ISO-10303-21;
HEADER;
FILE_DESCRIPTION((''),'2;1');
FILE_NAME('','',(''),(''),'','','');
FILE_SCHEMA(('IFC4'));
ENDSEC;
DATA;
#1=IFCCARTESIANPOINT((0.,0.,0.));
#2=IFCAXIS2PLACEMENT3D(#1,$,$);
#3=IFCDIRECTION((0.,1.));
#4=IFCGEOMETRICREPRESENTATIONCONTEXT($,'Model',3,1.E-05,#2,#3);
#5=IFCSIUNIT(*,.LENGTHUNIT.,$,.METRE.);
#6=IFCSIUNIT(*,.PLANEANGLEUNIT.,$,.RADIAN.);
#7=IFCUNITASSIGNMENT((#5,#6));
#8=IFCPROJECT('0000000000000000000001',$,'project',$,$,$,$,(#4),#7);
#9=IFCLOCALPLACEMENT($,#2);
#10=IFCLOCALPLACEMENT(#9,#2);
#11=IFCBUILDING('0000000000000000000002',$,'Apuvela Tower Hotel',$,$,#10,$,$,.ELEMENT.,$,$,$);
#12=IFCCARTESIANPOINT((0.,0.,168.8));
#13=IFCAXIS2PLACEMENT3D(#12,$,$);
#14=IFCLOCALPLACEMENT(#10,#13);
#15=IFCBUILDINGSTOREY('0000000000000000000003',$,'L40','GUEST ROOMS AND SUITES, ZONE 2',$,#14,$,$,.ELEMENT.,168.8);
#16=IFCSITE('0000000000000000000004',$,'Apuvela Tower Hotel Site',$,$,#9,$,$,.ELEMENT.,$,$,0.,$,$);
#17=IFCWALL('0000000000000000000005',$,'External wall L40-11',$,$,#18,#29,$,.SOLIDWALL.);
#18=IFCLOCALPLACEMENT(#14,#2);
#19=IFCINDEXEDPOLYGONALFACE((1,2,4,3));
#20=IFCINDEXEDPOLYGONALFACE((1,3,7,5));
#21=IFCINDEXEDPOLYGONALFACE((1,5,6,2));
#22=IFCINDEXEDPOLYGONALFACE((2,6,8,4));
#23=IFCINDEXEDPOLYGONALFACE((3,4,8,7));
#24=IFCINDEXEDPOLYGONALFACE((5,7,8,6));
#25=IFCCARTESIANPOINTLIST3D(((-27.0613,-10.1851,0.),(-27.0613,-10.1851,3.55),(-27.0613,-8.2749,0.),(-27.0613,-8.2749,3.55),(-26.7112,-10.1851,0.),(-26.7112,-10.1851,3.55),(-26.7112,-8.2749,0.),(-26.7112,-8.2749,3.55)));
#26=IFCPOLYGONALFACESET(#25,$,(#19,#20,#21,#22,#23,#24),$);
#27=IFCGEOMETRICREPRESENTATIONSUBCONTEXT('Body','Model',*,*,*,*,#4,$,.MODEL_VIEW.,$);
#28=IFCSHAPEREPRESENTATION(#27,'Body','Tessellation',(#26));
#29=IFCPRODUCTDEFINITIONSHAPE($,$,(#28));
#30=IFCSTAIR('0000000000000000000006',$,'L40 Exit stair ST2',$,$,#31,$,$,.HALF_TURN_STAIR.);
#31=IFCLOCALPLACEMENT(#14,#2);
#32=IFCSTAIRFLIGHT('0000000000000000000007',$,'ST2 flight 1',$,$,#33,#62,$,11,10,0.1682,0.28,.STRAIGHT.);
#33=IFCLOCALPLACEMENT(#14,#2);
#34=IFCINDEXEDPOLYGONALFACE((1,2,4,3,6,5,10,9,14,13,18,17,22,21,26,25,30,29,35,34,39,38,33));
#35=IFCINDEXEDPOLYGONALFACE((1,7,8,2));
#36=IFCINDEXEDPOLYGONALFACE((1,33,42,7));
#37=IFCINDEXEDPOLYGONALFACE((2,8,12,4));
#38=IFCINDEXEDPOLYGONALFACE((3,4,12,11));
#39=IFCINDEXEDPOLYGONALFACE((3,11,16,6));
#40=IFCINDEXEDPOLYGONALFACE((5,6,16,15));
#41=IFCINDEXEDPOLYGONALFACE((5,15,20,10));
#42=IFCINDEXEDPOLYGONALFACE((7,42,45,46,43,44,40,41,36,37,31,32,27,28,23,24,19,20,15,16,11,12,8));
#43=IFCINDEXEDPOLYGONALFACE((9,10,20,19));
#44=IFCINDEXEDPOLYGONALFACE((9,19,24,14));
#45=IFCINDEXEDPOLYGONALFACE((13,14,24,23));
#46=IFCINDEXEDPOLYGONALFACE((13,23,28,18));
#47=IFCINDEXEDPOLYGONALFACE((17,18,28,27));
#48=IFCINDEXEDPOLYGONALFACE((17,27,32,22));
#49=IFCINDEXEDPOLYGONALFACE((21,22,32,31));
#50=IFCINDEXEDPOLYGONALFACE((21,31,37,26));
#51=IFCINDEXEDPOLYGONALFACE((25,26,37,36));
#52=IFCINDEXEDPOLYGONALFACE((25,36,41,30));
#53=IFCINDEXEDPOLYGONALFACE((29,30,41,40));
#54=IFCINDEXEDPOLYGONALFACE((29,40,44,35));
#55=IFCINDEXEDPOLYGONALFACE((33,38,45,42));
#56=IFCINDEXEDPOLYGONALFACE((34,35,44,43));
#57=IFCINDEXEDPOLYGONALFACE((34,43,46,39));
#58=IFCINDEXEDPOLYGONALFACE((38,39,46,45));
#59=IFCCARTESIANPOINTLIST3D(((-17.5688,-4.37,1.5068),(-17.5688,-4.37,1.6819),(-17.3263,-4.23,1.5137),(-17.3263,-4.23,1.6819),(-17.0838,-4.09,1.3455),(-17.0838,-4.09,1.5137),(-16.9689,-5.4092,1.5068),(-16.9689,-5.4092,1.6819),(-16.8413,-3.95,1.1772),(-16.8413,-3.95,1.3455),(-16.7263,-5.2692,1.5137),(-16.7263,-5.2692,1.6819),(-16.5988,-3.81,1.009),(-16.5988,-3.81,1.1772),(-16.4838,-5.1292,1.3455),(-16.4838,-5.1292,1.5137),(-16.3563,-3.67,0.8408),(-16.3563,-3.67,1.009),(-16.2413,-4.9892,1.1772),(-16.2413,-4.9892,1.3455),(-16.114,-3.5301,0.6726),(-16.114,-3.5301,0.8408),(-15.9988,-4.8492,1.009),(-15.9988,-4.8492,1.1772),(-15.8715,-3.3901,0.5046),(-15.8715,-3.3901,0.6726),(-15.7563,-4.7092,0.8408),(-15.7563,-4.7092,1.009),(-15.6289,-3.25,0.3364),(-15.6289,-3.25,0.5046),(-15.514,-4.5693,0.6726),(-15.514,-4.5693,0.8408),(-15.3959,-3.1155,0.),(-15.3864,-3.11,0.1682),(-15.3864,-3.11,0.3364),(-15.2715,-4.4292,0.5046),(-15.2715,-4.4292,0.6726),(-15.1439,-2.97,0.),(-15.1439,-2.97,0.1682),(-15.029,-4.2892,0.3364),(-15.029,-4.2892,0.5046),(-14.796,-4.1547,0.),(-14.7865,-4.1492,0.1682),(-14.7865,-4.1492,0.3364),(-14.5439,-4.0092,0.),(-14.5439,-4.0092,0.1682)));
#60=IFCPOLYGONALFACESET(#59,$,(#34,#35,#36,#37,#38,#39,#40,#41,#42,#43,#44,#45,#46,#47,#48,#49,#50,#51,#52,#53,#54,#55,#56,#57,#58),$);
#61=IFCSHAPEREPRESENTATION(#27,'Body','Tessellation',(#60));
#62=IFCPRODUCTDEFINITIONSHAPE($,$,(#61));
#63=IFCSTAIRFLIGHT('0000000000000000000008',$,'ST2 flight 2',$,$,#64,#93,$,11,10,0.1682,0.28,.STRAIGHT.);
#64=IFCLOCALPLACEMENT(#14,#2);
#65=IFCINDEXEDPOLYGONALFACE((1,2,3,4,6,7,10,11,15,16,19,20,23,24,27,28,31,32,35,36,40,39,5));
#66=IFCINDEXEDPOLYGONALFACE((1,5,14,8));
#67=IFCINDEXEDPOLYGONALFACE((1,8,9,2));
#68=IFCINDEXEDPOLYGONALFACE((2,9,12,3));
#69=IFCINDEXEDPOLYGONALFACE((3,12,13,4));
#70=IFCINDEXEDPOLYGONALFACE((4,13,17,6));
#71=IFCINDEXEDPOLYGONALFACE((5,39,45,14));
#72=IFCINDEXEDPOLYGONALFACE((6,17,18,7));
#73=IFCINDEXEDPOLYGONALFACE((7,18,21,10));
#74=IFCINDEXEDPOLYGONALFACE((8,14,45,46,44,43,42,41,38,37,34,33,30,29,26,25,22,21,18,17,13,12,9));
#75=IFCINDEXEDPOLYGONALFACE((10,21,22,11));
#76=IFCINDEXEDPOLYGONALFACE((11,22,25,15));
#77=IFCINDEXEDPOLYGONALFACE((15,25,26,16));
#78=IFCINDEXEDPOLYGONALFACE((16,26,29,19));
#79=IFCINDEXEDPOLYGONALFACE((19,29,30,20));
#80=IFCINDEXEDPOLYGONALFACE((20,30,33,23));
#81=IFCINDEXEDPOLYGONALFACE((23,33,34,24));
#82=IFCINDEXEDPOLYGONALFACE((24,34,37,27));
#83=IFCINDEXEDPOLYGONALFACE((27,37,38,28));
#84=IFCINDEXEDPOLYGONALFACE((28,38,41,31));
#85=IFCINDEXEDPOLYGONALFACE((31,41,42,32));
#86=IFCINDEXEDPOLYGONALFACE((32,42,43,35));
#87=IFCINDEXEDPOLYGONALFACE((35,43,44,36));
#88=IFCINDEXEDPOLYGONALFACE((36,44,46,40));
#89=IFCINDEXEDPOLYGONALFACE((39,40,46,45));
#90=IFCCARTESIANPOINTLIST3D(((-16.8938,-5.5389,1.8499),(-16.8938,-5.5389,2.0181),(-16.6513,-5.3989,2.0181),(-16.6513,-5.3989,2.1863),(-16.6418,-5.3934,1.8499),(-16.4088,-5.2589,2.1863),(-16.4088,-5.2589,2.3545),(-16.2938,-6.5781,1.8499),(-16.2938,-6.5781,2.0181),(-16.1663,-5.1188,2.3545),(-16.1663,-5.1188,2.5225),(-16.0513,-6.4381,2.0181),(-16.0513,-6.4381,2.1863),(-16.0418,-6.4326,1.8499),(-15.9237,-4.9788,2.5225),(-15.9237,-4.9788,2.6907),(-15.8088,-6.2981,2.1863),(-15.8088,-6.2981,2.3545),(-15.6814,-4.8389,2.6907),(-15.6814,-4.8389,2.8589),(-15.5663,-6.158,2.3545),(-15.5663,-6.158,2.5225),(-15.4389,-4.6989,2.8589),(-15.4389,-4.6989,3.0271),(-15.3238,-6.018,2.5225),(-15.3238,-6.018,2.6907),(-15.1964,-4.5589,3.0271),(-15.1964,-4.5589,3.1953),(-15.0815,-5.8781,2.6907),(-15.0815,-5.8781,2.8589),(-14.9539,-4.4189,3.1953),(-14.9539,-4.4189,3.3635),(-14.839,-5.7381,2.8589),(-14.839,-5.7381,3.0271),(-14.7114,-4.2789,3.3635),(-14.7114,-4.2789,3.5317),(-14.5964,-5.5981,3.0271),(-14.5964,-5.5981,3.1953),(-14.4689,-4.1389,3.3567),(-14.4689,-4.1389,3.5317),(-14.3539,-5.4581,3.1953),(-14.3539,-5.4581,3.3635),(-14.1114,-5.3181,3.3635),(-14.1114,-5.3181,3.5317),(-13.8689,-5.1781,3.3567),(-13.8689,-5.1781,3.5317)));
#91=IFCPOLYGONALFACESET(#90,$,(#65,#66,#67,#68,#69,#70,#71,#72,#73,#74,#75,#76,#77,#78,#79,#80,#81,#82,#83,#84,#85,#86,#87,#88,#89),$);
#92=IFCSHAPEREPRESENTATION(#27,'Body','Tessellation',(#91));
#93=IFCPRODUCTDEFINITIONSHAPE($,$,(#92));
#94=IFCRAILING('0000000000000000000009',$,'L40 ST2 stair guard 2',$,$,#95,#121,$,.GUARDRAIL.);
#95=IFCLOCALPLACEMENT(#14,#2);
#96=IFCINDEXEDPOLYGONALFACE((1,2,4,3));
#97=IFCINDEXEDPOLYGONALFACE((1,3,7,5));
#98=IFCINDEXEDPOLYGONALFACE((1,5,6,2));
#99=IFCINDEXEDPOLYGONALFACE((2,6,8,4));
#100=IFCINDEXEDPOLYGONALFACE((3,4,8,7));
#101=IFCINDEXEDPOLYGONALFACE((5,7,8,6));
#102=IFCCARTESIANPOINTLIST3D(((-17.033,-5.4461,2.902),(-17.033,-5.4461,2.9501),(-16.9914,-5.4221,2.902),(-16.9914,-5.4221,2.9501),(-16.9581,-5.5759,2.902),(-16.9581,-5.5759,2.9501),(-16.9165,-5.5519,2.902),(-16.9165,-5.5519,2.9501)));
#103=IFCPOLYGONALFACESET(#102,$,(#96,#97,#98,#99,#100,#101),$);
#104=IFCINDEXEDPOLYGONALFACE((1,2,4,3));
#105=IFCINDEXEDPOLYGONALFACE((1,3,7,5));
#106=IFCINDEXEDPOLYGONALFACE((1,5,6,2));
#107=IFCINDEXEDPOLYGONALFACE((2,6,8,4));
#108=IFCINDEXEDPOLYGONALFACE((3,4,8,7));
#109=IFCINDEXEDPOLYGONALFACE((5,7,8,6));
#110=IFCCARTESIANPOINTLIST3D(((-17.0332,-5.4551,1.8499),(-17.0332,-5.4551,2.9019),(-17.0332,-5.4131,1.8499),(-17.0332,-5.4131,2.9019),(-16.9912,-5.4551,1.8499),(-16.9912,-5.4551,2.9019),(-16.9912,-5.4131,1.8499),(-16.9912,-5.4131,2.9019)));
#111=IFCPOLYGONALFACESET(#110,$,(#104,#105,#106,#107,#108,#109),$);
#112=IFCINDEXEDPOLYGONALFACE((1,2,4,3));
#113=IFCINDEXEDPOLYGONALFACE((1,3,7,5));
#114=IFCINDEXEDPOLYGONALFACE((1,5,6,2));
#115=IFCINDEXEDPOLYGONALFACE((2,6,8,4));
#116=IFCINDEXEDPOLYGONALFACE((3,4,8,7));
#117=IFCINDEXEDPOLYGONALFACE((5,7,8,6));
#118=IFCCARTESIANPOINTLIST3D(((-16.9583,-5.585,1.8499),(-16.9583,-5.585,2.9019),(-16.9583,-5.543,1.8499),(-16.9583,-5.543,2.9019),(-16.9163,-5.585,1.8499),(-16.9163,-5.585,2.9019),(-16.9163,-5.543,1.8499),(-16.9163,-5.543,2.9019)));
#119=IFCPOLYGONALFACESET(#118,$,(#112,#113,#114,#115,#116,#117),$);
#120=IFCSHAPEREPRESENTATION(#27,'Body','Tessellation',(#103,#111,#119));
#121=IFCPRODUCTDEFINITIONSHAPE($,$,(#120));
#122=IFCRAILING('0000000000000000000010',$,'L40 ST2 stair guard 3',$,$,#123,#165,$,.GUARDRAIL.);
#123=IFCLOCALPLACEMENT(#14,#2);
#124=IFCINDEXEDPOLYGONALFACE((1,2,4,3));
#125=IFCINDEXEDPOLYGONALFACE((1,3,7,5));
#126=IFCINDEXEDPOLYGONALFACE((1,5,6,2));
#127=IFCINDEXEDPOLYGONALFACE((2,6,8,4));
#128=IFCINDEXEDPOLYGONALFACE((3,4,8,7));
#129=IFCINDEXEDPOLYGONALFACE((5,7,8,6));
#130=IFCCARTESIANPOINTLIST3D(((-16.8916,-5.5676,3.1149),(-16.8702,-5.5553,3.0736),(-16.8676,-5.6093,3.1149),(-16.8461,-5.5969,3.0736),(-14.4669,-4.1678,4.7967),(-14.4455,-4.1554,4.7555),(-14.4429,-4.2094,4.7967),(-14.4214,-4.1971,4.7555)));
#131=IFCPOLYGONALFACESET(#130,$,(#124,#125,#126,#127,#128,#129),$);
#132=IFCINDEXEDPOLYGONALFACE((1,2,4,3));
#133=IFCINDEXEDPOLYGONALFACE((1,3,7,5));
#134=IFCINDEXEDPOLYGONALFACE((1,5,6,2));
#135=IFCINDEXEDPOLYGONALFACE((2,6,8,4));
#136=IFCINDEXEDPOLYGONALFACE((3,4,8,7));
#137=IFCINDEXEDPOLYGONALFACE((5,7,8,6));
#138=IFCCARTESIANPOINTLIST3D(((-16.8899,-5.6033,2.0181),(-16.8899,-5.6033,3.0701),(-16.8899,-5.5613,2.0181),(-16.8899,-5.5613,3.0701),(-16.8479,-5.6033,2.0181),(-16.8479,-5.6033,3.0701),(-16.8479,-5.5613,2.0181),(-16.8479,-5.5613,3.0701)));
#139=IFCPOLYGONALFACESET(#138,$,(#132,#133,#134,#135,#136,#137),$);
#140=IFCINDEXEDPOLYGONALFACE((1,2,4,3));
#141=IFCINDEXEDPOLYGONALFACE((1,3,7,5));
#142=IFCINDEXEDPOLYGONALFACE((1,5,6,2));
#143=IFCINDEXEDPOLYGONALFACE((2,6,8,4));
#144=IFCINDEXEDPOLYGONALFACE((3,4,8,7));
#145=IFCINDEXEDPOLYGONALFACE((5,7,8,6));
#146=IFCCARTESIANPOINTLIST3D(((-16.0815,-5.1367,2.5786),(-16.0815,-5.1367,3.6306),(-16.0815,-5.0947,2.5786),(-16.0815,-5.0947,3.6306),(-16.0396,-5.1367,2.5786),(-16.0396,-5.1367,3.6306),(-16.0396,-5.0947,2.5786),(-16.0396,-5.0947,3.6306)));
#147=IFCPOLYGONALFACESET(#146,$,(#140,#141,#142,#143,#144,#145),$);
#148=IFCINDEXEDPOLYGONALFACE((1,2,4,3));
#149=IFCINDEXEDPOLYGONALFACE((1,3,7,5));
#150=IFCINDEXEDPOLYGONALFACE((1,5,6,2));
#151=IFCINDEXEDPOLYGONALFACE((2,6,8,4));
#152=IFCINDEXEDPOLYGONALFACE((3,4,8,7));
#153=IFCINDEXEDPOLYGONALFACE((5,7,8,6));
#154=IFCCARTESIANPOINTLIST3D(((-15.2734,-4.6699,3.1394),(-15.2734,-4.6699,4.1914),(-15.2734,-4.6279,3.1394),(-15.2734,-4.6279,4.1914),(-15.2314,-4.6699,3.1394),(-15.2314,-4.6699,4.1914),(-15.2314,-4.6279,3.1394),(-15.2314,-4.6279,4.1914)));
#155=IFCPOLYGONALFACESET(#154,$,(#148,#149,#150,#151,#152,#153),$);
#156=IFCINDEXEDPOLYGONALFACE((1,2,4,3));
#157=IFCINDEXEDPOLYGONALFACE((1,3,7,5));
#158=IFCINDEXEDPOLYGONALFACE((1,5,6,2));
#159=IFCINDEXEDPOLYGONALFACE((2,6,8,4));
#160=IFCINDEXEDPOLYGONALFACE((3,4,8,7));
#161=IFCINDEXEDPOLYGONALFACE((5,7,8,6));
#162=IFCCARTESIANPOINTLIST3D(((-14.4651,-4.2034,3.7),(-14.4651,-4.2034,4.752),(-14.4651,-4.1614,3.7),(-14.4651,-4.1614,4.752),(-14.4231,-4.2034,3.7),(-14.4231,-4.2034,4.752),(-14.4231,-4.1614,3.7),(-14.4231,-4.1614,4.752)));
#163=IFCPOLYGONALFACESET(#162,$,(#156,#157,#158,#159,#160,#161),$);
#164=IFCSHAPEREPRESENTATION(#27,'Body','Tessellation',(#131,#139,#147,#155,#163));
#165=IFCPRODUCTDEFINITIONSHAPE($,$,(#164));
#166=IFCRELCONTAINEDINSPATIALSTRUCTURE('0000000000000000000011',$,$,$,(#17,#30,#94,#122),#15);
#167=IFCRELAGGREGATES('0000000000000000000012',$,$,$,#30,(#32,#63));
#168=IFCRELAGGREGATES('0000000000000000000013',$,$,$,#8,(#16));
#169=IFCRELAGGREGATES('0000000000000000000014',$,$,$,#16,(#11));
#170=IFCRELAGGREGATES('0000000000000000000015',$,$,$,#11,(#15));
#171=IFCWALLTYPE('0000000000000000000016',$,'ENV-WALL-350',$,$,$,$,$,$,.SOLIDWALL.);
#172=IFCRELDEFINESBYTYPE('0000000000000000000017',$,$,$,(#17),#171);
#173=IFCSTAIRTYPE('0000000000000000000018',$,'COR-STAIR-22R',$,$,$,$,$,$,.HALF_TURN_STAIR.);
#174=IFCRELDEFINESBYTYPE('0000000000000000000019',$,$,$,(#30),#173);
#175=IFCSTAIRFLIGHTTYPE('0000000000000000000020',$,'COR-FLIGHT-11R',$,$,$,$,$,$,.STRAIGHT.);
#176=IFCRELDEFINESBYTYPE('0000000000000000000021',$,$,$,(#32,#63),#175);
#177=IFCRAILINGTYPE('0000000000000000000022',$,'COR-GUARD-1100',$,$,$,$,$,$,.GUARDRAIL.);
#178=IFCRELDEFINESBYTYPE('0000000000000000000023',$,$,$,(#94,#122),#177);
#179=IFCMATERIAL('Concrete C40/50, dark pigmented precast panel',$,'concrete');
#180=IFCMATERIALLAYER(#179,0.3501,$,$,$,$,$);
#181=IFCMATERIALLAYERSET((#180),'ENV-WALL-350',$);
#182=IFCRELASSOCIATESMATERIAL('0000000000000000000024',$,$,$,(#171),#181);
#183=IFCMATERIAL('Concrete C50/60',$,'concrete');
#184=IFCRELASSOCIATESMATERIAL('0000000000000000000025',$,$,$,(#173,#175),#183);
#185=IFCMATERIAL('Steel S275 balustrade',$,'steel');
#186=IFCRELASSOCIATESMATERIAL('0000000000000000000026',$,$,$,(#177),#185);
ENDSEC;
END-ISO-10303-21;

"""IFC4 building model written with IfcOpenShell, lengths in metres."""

from ifc_helpers import new_model, si_unit, direction, frame, frame_2d, origin, origin_2d, place, context, subcontext, project, spatial, polyline, rectangle, outline, extrude, material, layer, layer_set, type_object, element, aggregate, save


model = new_model("IFC4")

# Units and contexts
model_context = context("Model", 3, precision=1e-05, world=origin(), true_north=direction((0.0, 1.0)))
body_context = subcontext(model_context, "Body", "Model", "MODEL_VIEW")
ifc_project = project(units=[si_unit("LENGTHUNIT", "METRE"), si_unit("PLANEANGLEUNIT", "RADIAN")], contexts=[model_context])

# Site, building, storey
site_placement = place(None, origin())
site = spatial("IfcSite", under=ifc_project, at=site_placement, Name="Apuvela Tower Hotel Site", CompositionType="ELEMENT", RefElevation=0.0)
building_placement = place(site_placement, origin())
building = spatial("IfcBuilding", under=site, at=building_placement, Name="Apuvela Tower Hotel", CompositionType="ELEMENT")
storey_placement = place(building_placement, frame((0.0, 0.0, 168.8)))
storey = spatial("IfcBuildingStorey", under=building, at=storey_placement, Name="L40", Description="GUEST ROOMS AND SUITES, ZONE 2", CompositionType="ELEMENT", Elevation=168.8)

# Shared definitions
ifc_material_1 = material(Name="Concrete C50/60", Category="concrete")

# Shared definitions
ifc_material_2 = material(Name="Concrete C40/50, dark pigmented precast panel", Category="concrete")
ifc_layer_1 = layer(ifc_material_2, 0.3501)
ifc_layer_set_1 = layer_set([ifc_layer_1], Name="ENV-WALL-350")
wall_type_1 = type_object("IfcWallType", Name="ENV-WALL-350", PredefinedType="SOLIDWALL", material=ifc_layer_set_1)

# Wall
for number, where, z_axis, x_axis, name in (
    (1, (-26.8862, -8.2749, 0.0), (0.0, 0.0, 1.0), (0.0, -1.0, 0.0), "External wall L40-11"),
):
    element("IfcWall", number, at=place(storey_placement, frame(where, z_axis=z_axis, x_axis=x_axis)), inside=storey, type_object=wall_type_1, Name=name, PredefinedType="SOLIDWALL", context=body_context, shape_type="SweptSolid", body=[
        extrude(rectangle(XDim=1.9102, YDim=0.3501, at=frame_2d((0.9551, 0.0))), origin(), (0.0, 0.0, 1.0), 3.55),
    ])

# Stair, stair flights
stair_type = type_object("IfcStairType", Name="COR-STAIR-22R", PredefinedType="HALF_TURN_STAIR", material=ifc_material_1)
stair_placement = place(storey_placement, origin())
stair = element("IfcStair", 2, at=stair_placement, inside=storey, type_object=stair_type, Name="L40 Exit stair ST2", PredefinedType="HALF_TURN_STAIR")
stair_flight_type = type_object("IfcStairFlightType", Name="COR-FLIGHT-11R", PredefinedType="STRAIGHT", material=ifc_material_1)
stair_flight_1_placement = place(storey_placement, frame((-14.844, -3.4895, 0.0), z_axis=(0.0, 0.0, 1.0), x_axis=(-0.866025, -0.5, 0.0)))
stair_flight_1 = element("IfcStairFlight", 3, at=stair_flight_1_placement, type_object=stair_flight_type, Name="ST2 flight 1", NumberOfRisers=11, NumberOfTreads=10, PredefinedType="STRAIGHT", RiserHeight=0.1682, TreadLength=0.28, context=body_context, shape_type="SweptSolid", body=[
    extrude(outline(polyline([(0.0, 0.0), (0.0, 0.1682), (0.28, 0.1682), (0.28, 0.3364), (0.5601, 0.3364), (0.5601, 0.5046), (0.8401, 0.5046), (0.8401, 0.6726), (1.1201, 0.6726), (1.1201, 0.8408), (1.3999, 0.8408), (1.3999, 1.009), (1.6799, 1.009), (1.6799, 1.1772), (1.96, 1.1772), (1.96, 1.3455), (2.24, 1.3455), (2.24, 1.5137), (2.52, 1.5137), (2.52, 1.6819), (2.8, 1.6819), (2.8, 1.8501), (2.8, 1.5068), (0.291, 0.0), (0.0, 0.0)])), frame((0.0, 0.6001, 0.0), z_axis=(0.0, -1.0, 0.0), x_axis=(1.0, 0.0, 0.0)), (0.0, 0.0, 1.0), 1.2),
])
stair_flight_2_placement = place(storey_placement, frame((-16.5938, -6.0586, 1.8499), z_axis=(0.0, 0.0, 1.0), x_axis=(0.866025, 0.5, 0.0)))
stair_flight_2 = element("IfcStairFlight", 4, at=stair_flight_2_placement, type_object=stair_flight_type, Name="ST2 flight 2", NumberOfRisers=11, NumberOfTreads=10, PredefinedType="STRAIGHT", RiserHeight=0.1682, TreadLength=0.28, context=body_context, shape_type="SweptSolid", body=[
    extrude(outline(polyline([(0.0, 0.0), (0.0, 0.1682), (0.28, 0.1682), (0.28, 0.3364), (0.5601, 0.3364), (0.5601, 0.5046), (0.8401, 0.5046), (0.8401, 0.6726), (1.1201, 0.6726), (1.1201, 0.8408), (1.3999, 0.8408), (1.3999, 1.009), (1.6799, 1.009), (1.6799, 1.1772), (1.96, 1.1772), (1.96, 1.3455), (2.24, 1.3455), (2.24, 1.5137), (2.52, 1.5137), (2.52, 1.6819), (2.8, 1.6819), (2.8, 1.8501), (2.8, 1.5068), (0.291, 0.0), (0.0, 0.0)])), frame((0.0, 0.6001, 0.0), z_axis=(0.0, -1.0, 0.0), x_axis=(1.0, 0.0, 0.0)), (0.0, 0.0, 1.0), 1.2),
])
aggregate(stair, [stair_flight_1, stair_flight_2])

# Railings
ifc_material_3 = material(Name="Steel S275 balustrade", Category="steel")
railing_type_1 = type_object("IfcRailingType", Name="COR-GUARD-1100", PredefinedType="GUARDRAIL", material=ifc_material_3)
railing_1_placement = place(storey_placement, frame((-17.0122, -5.4341, 1.8499)))
element("IfcRailing", 5, at=railing_1_placement, inside=storey, type_object=railing_type_1, Name="L40 ST2 stair guard 2", PredefinedType="GUARDRAIL", context=body_context, shape_type="SweptSolid", body=[
    extrude(rectangle(XDim=0.0481, YDim=0.0481, at=origin_2d()), frame((0.0, 0.0, 1.0762), z_axis=(0.499816, -0.866131, 0.0), x_axis=(0.866131, 0.499816, 0.0)), (0.0, 0.0, 1.0), 0.1499),
    extrude(rectangle(XDim=0.042, YDim=0.042, at=origin_2d()), origin(), (0.0, 0.0, 1.0), 1.052),
    extrude(rectangle(XDim=0.042, YDim=0.042, at=origin_2d()), frame((0.075, -0.1299, 0.0)), (0.0, 0.0, 1.0), 1.052),
])
railing_2_placement = place(storey_placement, frame((-16.8689, -5.5823, 2.0181)))
element("IfcRailing", 6, at=railing_2_placement, inside=storey, type_object=railing_type_1, Name="L40 ST2 stair guard 3", PredefinedType="GUARDRAIL", context=body_context, shape_type="SweptSolid", body=[
    extrude(rectangle(XDim=0.0481, YDim=0.0481, at=origin_2d()), frame((0.0, 0.0, 1.0762), z_axis=(0.74239, 0.428601, 0.514934), x_axis=(-0.499984, 0.866035, 0.0)), (0.0, 0.0, 1.0), 3.2661),
    extrude(rectangle(XDim=0.042, YDim=0.042, at=origin_2d()), origin(), (0.0, 0.0, 1.0), 1.052),
    extrude(rectangle(XDim=0.042, YDim=0.042, at=origin_2d()), frame((0.8083, 0.4666, 0.5605)), (0.0, 0.0, 1.0), 1.052),
    extrude(rectangle(XDim=0.042, YDim=0.042, at=origin_2d()), frame((1.6165, 0.9333, 1.1213)), (0.0, 0.0, 1.0), 1.052),
    extrude(rectangle(XDim=0.042, YDim=0.042, at=origin_2d()), frame((2.4248, 1.3999, 1.6819)), (0.0, 0.0, 1.0), 1.052),
])

save(model, "model.ifc")
